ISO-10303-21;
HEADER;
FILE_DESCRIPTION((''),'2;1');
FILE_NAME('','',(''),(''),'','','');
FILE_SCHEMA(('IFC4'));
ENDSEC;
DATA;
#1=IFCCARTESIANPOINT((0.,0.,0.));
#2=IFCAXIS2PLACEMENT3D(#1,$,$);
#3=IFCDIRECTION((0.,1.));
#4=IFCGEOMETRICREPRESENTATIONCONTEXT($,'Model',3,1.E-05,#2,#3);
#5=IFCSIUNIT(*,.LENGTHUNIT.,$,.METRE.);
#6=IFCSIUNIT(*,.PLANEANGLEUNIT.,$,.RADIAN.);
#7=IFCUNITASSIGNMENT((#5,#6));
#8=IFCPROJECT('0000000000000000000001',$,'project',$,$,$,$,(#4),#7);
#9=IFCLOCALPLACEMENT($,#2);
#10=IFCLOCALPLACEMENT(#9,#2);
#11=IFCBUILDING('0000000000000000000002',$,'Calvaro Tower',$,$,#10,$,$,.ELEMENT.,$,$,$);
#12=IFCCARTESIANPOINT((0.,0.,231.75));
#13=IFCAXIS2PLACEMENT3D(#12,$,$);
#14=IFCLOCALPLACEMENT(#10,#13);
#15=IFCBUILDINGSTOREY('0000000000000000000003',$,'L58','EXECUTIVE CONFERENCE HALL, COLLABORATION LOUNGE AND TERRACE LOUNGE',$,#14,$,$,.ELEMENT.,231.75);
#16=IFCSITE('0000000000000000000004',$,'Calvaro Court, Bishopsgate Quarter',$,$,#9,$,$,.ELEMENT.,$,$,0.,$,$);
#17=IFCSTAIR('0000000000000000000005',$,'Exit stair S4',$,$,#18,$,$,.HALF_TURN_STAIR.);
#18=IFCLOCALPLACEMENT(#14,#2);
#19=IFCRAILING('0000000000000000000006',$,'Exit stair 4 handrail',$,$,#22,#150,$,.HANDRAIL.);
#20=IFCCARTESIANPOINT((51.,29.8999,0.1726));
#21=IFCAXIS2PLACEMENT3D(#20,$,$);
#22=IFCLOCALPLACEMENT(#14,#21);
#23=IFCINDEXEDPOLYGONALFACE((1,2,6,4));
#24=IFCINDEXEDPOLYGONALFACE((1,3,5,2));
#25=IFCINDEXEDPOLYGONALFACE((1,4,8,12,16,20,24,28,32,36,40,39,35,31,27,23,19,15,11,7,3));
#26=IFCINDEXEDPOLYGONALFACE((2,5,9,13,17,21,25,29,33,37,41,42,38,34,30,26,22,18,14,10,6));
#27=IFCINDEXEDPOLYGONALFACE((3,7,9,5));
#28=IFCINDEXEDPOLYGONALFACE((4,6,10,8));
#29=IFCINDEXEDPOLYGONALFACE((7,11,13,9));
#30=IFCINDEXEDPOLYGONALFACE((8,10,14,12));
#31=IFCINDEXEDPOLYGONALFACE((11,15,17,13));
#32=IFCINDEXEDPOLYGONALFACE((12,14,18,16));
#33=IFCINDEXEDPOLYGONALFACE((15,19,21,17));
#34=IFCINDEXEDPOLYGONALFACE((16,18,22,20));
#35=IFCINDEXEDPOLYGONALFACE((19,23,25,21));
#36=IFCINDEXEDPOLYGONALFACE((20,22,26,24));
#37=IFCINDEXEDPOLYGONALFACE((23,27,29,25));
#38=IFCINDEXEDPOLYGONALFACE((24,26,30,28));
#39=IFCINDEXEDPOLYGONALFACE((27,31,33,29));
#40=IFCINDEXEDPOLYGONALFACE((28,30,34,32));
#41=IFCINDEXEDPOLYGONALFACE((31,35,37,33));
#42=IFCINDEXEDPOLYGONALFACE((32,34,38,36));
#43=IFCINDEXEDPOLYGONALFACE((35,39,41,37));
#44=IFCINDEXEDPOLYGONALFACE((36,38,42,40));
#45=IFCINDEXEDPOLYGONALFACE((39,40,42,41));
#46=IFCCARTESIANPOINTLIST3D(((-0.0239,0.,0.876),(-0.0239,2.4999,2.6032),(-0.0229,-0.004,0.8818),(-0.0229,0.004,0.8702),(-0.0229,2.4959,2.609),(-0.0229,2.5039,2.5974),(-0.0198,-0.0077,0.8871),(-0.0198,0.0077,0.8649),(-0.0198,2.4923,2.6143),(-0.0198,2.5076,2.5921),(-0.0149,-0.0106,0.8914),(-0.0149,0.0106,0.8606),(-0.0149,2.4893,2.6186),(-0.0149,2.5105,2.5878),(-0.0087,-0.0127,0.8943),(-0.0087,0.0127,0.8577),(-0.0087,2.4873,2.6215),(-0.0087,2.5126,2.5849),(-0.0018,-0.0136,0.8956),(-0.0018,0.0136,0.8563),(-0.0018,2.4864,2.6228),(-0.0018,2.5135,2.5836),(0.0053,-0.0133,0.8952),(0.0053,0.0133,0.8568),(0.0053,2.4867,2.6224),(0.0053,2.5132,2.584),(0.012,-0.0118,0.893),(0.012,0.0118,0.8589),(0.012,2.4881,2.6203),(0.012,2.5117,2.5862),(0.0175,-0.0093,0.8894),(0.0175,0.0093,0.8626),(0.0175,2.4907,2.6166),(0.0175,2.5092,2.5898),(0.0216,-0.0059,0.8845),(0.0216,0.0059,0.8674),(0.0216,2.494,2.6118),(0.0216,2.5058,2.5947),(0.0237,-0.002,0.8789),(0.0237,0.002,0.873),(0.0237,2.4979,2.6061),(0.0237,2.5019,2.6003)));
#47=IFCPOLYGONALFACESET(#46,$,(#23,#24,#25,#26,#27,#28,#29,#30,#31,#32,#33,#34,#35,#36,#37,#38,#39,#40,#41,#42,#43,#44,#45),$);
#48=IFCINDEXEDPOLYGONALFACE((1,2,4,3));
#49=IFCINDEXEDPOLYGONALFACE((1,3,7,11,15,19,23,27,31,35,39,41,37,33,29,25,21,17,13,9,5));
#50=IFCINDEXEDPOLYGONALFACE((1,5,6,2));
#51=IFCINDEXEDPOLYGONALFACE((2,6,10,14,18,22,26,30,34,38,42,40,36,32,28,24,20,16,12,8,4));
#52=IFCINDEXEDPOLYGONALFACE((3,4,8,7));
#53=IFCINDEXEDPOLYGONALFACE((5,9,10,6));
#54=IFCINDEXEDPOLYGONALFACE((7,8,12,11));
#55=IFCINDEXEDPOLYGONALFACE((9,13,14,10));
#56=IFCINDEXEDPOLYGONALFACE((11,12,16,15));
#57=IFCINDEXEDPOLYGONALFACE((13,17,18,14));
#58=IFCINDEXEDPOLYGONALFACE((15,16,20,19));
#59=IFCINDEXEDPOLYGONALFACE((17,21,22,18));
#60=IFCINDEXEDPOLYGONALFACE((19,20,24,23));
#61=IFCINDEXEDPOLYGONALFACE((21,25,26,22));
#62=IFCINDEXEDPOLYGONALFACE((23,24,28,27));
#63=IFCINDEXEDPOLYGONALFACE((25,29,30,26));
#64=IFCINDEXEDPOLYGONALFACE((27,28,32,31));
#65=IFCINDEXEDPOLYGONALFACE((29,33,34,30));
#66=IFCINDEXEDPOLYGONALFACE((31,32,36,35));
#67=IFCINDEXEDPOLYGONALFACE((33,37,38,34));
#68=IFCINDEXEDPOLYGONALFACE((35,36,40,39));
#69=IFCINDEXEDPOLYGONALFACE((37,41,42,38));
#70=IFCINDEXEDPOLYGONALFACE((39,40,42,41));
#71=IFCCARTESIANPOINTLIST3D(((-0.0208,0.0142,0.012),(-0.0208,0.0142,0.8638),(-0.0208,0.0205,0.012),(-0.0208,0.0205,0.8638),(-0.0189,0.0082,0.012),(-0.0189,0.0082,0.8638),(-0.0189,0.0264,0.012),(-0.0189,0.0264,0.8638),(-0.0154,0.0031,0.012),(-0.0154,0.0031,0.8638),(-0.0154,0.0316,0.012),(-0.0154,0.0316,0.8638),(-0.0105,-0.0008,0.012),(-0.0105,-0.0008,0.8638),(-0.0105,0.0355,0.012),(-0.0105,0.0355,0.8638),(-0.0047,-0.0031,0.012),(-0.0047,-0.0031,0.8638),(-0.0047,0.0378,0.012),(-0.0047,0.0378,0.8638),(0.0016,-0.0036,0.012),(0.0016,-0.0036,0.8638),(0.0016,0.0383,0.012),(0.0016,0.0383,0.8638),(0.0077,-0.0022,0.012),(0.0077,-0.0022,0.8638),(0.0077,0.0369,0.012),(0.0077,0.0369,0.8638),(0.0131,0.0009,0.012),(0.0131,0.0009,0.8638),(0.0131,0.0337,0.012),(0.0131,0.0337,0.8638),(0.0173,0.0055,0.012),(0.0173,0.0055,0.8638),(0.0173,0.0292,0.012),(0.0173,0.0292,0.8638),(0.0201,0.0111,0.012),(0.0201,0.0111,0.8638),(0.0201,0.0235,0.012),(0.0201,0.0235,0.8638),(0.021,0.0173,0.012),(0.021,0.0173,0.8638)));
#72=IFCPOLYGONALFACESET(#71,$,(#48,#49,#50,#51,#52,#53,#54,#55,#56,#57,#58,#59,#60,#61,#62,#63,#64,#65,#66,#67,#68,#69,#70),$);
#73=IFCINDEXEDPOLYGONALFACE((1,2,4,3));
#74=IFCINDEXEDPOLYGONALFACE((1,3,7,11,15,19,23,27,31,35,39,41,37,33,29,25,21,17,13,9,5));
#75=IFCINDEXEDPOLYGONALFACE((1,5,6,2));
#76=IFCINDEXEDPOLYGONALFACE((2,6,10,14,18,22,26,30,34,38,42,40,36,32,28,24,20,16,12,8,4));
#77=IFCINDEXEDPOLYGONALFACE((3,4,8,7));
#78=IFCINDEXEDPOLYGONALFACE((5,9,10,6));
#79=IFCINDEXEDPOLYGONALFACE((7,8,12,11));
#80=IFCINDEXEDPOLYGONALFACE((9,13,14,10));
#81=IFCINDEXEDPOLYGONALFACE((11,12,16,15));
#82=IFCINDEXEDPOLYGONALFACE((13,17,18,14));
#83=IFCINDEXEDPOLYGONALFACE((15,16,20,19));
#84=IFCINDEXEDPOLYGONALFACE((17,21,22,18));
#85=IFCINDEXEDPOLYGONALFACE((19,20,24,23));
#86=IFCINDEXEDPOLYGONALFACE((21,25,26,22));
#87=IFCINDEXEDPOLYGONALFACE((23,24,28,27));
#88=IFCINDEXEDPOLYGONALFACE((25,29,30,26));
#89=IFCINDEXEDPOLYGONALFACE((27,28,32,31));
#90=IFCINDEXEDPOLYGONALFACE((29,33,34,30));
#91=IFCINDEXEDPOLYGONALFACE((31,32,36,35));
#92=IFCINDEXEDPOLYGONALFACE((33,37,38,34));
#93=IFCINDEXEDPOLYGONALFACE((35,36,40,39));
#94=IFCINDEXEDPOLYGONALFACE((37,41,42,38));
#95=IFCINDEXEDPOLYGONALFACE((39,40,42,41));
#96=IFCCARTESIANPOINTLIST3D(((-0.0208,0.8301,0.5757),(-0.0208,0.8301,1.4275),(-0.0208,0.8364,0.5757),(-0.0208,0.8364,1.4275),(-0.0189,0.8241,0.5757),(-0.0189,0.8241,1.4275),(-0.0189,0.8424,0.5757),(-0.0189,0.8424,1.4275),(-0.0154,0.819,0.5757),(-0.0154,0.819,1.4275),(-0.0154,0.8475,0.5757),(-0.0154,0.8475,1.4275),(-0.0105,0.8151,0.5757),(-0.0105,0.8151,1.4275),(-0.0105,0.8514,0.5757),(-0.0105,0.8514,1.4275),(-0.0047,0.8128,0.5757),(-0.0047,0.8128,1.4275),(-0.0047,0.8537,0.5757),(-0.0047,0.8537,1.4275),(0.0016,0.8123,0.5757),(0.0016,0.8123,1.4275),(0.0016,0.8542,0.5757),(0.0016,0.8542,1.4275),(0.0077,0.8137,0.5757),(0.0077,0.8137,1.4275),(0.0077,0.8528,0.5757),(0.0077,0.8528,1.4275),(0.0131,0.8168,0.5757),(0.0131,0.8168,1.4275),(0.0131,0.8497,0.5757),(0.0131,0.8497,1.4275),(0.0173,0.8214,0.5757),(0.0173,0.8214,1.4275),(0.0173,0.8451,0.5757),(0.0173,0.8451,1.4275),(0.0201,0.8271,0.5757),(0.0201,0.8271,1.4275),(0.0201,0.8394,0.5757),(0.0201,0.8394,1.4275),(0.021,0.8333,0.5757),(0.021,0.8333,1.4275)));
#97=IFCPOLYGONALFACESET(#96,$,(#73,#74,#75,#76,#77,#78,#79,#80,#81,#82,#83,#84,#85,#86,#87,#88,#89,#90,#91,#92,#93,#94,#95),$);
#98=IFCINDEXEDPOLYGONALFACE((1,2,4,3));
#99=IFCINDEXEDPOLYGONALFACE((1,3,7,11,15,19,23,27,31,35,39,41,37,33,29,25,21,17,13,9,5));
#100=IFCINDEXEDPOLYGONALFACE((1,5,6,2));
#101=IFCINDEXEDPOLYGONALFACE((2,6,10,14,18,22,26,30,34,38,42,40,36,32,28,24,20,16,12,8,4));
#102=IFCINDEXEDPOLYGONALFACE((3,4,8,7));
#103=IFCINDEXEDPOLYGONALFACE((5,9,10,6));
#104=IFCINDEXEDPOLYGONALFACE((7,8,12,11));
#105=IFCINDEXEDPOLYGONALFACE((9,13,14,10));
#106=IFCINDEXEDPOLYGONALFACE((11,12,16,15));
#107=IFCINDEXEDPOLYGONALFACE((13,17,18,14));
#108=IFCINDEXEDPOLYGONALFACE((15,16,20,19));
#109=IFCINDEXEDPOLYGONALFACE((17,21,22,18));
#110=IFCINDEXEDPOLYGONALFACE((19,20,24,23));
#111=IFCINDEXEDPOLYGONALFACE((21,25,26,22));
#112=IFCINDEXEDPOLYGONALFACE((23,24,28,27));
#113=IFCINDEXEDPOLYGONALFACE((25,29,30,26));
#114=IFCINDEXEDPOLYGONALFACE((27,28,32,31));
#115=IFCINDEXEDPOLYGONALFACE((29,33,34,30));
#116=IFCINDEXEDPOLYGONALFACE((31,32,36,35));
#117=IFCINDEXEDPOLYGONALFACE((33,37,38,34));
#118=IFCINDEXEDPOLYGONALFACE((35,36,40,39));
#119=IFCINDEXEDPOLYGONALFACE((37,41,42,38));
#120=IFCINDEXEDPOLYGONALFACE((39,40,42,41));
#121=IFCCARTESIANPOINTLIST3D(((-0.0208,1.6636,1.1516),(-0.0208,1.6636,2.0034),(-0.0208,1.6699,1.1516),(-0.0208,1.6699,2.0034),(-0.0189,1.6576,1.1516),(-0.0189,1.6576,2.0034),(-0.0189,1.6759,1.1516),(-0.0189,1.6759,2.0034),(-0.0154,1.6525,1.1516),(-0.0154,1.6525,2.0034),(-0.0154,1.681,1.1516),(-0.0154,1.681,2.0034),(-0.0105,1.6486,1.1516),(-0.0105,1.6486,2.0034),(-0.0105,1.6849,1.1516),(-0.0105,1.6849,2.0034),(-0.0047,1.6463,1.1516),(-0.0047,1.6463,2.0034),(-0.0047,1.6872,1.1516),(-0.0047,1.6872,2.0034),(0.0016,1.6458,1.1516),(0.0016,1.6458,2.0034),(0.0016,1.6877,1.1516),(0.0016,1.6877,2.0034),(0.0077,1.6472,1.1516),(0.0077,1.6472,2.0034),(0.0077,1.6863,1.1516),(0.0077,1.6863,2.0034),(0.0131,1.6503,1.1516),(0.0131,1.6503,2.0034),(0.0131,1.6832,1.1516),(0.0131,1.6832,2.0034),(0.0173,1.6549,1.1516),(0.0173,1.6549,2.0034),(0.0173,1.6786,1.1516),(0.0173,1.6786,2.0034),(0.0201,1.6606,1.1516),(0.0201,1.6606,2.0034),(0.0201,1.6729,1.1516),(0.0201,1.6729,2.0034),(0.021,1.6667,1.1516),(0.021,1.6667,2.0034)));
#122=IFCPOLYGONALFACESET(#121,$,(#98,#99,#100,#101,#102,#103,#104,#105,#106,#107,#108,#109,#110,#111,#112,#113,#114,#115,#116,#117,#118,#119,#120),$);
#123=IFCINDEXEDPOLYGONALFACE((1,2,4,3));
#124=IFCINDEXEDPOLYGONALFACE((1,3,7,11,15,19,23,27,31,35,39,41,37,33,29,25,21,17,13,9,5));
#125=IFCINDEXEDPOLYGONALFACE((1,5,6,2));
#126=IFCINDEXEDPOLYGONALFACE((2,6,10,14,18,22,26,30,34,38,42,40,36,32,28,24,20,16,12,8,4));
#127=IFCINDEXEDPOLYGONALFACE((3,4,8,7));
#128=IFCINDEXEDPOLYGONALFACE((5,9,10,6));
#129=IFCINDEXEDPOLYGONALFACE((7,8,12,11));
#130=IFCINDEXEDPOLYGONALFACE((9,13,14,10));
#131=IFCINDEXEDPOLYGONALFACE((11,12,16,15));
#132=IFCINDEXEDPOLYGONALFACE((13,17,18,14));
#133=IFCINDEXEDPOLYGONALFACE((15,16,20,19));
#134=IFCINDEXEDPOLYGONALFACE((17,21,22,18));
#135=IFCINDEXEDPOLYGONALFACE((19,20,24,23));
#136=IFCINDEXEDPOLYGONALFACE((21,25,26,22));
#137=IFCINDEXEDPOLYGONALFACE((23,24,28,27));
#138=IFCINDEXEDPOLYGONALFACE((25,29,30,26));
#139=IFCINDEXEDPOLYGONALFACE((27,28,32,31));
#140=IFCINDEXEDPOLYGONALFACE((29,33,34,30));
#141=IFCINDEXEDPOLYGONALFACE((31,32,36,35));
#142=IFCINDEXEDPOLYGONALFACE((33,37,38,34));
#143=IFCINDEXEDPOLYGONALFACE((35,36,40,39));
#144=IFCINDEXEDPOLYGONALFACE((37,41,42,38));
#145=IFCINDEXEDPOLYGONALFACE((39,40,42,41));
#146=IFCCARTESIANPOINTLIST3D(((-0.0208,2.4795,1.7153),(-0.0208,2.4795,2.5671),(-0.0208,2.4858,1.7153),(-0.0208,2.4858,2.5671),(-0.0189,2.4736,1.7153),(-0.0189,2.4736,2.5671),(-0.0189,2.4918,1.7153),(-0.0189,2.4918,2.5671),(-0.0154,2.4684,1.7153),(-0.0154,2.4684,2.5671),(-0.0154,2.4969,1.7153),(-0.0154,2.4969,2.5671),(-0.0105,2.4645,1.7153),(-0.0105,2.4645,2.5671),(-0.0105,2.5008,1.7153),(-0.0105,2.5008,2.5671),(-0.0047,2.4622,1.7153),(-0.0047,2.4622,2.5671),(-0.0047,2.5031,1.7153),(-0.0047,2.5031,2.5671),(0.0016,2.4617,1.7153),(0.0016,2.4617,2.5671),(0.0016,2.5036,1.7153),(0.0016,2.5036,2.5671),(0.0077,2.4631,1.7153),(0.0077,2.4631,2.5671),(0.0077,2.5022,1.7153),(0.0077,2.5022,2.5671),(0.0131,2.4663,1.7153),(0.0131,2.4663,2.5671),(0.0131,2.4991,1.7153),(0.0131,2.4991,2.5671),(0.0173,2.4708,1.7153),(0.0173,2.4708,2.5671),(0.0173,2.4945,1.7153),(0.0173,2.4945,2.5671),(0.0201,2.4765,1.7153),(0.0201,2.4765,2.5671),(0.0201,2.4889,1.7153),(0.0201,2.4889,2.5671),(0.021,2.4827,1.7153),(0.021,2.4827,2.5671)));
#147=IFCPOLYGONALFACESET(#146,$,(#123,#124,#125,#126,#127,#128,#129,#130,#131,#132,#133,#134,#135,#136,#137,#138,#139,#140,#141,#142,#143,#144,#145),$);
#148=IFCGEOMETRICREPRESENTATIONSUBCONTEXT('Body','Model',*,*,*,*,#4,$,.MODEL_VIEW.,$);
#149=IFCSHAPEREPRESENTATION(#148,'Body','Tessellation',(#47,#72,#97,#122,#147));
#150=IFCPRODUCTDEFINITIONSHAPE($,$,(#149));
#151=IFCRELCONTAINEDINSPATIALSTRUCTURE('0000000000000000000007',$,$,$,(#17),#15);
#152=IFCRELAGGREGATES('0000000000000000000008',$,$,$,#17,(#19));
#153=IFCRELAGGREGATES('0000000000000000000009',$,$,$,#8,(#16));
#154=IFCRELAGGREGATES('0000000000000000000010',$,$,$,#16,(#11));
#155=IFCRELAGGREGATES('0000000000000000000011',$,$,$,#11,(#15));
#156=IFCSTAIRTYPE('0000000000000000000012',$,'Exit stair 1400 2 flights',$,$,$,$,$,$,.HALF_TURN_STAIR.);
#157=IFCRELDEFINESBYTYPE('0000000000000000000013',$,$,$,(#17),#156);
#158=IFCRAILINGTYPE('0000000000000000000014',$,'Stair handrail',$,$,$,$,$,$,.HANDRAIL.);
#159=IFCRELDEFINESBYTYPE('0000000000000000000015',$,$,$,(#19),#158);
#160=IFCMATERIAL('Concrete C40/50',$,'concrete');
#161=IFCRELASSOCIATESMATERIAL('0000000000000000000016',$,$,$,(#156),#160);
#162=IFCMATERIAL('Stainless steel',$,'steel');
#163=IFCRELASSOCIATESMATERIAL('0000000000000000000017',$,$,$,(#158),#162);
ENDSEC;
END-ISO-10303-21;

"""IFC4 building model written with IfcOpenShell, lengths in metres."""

from ifc_helpers import new_model, si_unit, direction, frame, origin, origin_2d, place, context, subcontext, project, spatial, circle, extrude, material, type_object, element, aggregate, save


model = new_model("IFC4")

# Units and contexts
model_context = context("Model", 3, precision=1e-05, world=origin(), true_north=direction((0.0, 1.0)))
body_context = subcontext(model_context, "Body", "Model", "MODEL_VIEW")
ifc_project = project(units=[si_unit("LENGTHUNIT", "METRE"), si_unit("PLANEANGLEUNIT", "RADIAN")], contexts=[model_context])

# Site, building, storey
site_placement = place(None, origin())
site = spatial("IfcSite", under=ifc_project, at=site_placement, Name="Calvaro Court, Bishopsgate Quarter", CompositionType="ELEMENT", RefElevation=0.0)
building_placement = place(site_placement, origin())
building = spatial("IfcBuilding", under=site, at=building_placement, Name="Calvaro Tower", CompositionType="ELEMENT")
storey_placement = place(building_placement, frame((0.0, 0.0, 231.75)))
storey = spatial("IfcBuildingStorey", under=building, at=storey_placement, Name="L58", Description="EXECUTIVE CONFERENCE HALL, COLLABORATION LOUNGE AND TERRACE LOUNGE", CompositionType="ELEMENT", Elevation=231.75)

# Stair, railing
ifc_material_1 = material(Name="Concrete C40/50", Category="concrete")
stair_type = type_object("IfcStairType", Name="Exit stair 1400 2 flights", PredefinedType="HALF_TURN_STAIR", material=ifc_material_1)
stair_placement = place(storey_placement, origin())
stair = element("IfcStair", 1, at=stair_placement, inside=storey, type_object=stair_type, Name="Exit stair S4", PredefinedType="HALF_TURN_STAIR")
ifc_material_2 = material(Name="Stainless steel", Category="steel")
railing_type = type_object("IfcRailingType", Name="Stair handrail", PredefinedType="HANDRAIL", material=ifc_material_2)
railing_1_placement = place(storey_placement, frame((51.0, 29.8999, 0.1726)))
railing_1 = element("IfcRailing", 2, at=railing_1_placement, type_object=railing_type, Name="Exit stair 4 handrail", PredefinedType="HANDRAIL", context=body_context, shape_type="SweptSolid", body=[
    extrude(circle(Radius=0.0239, at=origin_2d()), frame((0.0, 0.0, 0.876), z_axis=(0.0, 0.822727, 0.568437), x_axis=(-1.0, 0.0, 0.0)), (0.0, 0.0, 1.0), 3.0386),
    extrude(circle(Radius=0.021, at=origin_2d()), frame((0.0, 0.0173, 0.012)), (0.0, 0.0, 1.0), 0.8518),
    extrude(circle(Radius=0.021, at=origin_2d()), frame((0.0, 0.8333, 0.5757)), (0.0, 0.0, 1.0), 0.8518),
    extrude(circle(Radius=0.021, at=origin_2d()), frame((0.0, 1.6667, 1.1516)), (0.0, 0.0, 1.0), 0.8518),
    extrude(circle(Radius=0.021, at=origin_2d()), frame((0.0, 2.4827, 1.7153)), (0.0, 0.0, 1.0), 0.8518),
])
aggregate(stair, [railing_1])

save(model, "model.ifc")
